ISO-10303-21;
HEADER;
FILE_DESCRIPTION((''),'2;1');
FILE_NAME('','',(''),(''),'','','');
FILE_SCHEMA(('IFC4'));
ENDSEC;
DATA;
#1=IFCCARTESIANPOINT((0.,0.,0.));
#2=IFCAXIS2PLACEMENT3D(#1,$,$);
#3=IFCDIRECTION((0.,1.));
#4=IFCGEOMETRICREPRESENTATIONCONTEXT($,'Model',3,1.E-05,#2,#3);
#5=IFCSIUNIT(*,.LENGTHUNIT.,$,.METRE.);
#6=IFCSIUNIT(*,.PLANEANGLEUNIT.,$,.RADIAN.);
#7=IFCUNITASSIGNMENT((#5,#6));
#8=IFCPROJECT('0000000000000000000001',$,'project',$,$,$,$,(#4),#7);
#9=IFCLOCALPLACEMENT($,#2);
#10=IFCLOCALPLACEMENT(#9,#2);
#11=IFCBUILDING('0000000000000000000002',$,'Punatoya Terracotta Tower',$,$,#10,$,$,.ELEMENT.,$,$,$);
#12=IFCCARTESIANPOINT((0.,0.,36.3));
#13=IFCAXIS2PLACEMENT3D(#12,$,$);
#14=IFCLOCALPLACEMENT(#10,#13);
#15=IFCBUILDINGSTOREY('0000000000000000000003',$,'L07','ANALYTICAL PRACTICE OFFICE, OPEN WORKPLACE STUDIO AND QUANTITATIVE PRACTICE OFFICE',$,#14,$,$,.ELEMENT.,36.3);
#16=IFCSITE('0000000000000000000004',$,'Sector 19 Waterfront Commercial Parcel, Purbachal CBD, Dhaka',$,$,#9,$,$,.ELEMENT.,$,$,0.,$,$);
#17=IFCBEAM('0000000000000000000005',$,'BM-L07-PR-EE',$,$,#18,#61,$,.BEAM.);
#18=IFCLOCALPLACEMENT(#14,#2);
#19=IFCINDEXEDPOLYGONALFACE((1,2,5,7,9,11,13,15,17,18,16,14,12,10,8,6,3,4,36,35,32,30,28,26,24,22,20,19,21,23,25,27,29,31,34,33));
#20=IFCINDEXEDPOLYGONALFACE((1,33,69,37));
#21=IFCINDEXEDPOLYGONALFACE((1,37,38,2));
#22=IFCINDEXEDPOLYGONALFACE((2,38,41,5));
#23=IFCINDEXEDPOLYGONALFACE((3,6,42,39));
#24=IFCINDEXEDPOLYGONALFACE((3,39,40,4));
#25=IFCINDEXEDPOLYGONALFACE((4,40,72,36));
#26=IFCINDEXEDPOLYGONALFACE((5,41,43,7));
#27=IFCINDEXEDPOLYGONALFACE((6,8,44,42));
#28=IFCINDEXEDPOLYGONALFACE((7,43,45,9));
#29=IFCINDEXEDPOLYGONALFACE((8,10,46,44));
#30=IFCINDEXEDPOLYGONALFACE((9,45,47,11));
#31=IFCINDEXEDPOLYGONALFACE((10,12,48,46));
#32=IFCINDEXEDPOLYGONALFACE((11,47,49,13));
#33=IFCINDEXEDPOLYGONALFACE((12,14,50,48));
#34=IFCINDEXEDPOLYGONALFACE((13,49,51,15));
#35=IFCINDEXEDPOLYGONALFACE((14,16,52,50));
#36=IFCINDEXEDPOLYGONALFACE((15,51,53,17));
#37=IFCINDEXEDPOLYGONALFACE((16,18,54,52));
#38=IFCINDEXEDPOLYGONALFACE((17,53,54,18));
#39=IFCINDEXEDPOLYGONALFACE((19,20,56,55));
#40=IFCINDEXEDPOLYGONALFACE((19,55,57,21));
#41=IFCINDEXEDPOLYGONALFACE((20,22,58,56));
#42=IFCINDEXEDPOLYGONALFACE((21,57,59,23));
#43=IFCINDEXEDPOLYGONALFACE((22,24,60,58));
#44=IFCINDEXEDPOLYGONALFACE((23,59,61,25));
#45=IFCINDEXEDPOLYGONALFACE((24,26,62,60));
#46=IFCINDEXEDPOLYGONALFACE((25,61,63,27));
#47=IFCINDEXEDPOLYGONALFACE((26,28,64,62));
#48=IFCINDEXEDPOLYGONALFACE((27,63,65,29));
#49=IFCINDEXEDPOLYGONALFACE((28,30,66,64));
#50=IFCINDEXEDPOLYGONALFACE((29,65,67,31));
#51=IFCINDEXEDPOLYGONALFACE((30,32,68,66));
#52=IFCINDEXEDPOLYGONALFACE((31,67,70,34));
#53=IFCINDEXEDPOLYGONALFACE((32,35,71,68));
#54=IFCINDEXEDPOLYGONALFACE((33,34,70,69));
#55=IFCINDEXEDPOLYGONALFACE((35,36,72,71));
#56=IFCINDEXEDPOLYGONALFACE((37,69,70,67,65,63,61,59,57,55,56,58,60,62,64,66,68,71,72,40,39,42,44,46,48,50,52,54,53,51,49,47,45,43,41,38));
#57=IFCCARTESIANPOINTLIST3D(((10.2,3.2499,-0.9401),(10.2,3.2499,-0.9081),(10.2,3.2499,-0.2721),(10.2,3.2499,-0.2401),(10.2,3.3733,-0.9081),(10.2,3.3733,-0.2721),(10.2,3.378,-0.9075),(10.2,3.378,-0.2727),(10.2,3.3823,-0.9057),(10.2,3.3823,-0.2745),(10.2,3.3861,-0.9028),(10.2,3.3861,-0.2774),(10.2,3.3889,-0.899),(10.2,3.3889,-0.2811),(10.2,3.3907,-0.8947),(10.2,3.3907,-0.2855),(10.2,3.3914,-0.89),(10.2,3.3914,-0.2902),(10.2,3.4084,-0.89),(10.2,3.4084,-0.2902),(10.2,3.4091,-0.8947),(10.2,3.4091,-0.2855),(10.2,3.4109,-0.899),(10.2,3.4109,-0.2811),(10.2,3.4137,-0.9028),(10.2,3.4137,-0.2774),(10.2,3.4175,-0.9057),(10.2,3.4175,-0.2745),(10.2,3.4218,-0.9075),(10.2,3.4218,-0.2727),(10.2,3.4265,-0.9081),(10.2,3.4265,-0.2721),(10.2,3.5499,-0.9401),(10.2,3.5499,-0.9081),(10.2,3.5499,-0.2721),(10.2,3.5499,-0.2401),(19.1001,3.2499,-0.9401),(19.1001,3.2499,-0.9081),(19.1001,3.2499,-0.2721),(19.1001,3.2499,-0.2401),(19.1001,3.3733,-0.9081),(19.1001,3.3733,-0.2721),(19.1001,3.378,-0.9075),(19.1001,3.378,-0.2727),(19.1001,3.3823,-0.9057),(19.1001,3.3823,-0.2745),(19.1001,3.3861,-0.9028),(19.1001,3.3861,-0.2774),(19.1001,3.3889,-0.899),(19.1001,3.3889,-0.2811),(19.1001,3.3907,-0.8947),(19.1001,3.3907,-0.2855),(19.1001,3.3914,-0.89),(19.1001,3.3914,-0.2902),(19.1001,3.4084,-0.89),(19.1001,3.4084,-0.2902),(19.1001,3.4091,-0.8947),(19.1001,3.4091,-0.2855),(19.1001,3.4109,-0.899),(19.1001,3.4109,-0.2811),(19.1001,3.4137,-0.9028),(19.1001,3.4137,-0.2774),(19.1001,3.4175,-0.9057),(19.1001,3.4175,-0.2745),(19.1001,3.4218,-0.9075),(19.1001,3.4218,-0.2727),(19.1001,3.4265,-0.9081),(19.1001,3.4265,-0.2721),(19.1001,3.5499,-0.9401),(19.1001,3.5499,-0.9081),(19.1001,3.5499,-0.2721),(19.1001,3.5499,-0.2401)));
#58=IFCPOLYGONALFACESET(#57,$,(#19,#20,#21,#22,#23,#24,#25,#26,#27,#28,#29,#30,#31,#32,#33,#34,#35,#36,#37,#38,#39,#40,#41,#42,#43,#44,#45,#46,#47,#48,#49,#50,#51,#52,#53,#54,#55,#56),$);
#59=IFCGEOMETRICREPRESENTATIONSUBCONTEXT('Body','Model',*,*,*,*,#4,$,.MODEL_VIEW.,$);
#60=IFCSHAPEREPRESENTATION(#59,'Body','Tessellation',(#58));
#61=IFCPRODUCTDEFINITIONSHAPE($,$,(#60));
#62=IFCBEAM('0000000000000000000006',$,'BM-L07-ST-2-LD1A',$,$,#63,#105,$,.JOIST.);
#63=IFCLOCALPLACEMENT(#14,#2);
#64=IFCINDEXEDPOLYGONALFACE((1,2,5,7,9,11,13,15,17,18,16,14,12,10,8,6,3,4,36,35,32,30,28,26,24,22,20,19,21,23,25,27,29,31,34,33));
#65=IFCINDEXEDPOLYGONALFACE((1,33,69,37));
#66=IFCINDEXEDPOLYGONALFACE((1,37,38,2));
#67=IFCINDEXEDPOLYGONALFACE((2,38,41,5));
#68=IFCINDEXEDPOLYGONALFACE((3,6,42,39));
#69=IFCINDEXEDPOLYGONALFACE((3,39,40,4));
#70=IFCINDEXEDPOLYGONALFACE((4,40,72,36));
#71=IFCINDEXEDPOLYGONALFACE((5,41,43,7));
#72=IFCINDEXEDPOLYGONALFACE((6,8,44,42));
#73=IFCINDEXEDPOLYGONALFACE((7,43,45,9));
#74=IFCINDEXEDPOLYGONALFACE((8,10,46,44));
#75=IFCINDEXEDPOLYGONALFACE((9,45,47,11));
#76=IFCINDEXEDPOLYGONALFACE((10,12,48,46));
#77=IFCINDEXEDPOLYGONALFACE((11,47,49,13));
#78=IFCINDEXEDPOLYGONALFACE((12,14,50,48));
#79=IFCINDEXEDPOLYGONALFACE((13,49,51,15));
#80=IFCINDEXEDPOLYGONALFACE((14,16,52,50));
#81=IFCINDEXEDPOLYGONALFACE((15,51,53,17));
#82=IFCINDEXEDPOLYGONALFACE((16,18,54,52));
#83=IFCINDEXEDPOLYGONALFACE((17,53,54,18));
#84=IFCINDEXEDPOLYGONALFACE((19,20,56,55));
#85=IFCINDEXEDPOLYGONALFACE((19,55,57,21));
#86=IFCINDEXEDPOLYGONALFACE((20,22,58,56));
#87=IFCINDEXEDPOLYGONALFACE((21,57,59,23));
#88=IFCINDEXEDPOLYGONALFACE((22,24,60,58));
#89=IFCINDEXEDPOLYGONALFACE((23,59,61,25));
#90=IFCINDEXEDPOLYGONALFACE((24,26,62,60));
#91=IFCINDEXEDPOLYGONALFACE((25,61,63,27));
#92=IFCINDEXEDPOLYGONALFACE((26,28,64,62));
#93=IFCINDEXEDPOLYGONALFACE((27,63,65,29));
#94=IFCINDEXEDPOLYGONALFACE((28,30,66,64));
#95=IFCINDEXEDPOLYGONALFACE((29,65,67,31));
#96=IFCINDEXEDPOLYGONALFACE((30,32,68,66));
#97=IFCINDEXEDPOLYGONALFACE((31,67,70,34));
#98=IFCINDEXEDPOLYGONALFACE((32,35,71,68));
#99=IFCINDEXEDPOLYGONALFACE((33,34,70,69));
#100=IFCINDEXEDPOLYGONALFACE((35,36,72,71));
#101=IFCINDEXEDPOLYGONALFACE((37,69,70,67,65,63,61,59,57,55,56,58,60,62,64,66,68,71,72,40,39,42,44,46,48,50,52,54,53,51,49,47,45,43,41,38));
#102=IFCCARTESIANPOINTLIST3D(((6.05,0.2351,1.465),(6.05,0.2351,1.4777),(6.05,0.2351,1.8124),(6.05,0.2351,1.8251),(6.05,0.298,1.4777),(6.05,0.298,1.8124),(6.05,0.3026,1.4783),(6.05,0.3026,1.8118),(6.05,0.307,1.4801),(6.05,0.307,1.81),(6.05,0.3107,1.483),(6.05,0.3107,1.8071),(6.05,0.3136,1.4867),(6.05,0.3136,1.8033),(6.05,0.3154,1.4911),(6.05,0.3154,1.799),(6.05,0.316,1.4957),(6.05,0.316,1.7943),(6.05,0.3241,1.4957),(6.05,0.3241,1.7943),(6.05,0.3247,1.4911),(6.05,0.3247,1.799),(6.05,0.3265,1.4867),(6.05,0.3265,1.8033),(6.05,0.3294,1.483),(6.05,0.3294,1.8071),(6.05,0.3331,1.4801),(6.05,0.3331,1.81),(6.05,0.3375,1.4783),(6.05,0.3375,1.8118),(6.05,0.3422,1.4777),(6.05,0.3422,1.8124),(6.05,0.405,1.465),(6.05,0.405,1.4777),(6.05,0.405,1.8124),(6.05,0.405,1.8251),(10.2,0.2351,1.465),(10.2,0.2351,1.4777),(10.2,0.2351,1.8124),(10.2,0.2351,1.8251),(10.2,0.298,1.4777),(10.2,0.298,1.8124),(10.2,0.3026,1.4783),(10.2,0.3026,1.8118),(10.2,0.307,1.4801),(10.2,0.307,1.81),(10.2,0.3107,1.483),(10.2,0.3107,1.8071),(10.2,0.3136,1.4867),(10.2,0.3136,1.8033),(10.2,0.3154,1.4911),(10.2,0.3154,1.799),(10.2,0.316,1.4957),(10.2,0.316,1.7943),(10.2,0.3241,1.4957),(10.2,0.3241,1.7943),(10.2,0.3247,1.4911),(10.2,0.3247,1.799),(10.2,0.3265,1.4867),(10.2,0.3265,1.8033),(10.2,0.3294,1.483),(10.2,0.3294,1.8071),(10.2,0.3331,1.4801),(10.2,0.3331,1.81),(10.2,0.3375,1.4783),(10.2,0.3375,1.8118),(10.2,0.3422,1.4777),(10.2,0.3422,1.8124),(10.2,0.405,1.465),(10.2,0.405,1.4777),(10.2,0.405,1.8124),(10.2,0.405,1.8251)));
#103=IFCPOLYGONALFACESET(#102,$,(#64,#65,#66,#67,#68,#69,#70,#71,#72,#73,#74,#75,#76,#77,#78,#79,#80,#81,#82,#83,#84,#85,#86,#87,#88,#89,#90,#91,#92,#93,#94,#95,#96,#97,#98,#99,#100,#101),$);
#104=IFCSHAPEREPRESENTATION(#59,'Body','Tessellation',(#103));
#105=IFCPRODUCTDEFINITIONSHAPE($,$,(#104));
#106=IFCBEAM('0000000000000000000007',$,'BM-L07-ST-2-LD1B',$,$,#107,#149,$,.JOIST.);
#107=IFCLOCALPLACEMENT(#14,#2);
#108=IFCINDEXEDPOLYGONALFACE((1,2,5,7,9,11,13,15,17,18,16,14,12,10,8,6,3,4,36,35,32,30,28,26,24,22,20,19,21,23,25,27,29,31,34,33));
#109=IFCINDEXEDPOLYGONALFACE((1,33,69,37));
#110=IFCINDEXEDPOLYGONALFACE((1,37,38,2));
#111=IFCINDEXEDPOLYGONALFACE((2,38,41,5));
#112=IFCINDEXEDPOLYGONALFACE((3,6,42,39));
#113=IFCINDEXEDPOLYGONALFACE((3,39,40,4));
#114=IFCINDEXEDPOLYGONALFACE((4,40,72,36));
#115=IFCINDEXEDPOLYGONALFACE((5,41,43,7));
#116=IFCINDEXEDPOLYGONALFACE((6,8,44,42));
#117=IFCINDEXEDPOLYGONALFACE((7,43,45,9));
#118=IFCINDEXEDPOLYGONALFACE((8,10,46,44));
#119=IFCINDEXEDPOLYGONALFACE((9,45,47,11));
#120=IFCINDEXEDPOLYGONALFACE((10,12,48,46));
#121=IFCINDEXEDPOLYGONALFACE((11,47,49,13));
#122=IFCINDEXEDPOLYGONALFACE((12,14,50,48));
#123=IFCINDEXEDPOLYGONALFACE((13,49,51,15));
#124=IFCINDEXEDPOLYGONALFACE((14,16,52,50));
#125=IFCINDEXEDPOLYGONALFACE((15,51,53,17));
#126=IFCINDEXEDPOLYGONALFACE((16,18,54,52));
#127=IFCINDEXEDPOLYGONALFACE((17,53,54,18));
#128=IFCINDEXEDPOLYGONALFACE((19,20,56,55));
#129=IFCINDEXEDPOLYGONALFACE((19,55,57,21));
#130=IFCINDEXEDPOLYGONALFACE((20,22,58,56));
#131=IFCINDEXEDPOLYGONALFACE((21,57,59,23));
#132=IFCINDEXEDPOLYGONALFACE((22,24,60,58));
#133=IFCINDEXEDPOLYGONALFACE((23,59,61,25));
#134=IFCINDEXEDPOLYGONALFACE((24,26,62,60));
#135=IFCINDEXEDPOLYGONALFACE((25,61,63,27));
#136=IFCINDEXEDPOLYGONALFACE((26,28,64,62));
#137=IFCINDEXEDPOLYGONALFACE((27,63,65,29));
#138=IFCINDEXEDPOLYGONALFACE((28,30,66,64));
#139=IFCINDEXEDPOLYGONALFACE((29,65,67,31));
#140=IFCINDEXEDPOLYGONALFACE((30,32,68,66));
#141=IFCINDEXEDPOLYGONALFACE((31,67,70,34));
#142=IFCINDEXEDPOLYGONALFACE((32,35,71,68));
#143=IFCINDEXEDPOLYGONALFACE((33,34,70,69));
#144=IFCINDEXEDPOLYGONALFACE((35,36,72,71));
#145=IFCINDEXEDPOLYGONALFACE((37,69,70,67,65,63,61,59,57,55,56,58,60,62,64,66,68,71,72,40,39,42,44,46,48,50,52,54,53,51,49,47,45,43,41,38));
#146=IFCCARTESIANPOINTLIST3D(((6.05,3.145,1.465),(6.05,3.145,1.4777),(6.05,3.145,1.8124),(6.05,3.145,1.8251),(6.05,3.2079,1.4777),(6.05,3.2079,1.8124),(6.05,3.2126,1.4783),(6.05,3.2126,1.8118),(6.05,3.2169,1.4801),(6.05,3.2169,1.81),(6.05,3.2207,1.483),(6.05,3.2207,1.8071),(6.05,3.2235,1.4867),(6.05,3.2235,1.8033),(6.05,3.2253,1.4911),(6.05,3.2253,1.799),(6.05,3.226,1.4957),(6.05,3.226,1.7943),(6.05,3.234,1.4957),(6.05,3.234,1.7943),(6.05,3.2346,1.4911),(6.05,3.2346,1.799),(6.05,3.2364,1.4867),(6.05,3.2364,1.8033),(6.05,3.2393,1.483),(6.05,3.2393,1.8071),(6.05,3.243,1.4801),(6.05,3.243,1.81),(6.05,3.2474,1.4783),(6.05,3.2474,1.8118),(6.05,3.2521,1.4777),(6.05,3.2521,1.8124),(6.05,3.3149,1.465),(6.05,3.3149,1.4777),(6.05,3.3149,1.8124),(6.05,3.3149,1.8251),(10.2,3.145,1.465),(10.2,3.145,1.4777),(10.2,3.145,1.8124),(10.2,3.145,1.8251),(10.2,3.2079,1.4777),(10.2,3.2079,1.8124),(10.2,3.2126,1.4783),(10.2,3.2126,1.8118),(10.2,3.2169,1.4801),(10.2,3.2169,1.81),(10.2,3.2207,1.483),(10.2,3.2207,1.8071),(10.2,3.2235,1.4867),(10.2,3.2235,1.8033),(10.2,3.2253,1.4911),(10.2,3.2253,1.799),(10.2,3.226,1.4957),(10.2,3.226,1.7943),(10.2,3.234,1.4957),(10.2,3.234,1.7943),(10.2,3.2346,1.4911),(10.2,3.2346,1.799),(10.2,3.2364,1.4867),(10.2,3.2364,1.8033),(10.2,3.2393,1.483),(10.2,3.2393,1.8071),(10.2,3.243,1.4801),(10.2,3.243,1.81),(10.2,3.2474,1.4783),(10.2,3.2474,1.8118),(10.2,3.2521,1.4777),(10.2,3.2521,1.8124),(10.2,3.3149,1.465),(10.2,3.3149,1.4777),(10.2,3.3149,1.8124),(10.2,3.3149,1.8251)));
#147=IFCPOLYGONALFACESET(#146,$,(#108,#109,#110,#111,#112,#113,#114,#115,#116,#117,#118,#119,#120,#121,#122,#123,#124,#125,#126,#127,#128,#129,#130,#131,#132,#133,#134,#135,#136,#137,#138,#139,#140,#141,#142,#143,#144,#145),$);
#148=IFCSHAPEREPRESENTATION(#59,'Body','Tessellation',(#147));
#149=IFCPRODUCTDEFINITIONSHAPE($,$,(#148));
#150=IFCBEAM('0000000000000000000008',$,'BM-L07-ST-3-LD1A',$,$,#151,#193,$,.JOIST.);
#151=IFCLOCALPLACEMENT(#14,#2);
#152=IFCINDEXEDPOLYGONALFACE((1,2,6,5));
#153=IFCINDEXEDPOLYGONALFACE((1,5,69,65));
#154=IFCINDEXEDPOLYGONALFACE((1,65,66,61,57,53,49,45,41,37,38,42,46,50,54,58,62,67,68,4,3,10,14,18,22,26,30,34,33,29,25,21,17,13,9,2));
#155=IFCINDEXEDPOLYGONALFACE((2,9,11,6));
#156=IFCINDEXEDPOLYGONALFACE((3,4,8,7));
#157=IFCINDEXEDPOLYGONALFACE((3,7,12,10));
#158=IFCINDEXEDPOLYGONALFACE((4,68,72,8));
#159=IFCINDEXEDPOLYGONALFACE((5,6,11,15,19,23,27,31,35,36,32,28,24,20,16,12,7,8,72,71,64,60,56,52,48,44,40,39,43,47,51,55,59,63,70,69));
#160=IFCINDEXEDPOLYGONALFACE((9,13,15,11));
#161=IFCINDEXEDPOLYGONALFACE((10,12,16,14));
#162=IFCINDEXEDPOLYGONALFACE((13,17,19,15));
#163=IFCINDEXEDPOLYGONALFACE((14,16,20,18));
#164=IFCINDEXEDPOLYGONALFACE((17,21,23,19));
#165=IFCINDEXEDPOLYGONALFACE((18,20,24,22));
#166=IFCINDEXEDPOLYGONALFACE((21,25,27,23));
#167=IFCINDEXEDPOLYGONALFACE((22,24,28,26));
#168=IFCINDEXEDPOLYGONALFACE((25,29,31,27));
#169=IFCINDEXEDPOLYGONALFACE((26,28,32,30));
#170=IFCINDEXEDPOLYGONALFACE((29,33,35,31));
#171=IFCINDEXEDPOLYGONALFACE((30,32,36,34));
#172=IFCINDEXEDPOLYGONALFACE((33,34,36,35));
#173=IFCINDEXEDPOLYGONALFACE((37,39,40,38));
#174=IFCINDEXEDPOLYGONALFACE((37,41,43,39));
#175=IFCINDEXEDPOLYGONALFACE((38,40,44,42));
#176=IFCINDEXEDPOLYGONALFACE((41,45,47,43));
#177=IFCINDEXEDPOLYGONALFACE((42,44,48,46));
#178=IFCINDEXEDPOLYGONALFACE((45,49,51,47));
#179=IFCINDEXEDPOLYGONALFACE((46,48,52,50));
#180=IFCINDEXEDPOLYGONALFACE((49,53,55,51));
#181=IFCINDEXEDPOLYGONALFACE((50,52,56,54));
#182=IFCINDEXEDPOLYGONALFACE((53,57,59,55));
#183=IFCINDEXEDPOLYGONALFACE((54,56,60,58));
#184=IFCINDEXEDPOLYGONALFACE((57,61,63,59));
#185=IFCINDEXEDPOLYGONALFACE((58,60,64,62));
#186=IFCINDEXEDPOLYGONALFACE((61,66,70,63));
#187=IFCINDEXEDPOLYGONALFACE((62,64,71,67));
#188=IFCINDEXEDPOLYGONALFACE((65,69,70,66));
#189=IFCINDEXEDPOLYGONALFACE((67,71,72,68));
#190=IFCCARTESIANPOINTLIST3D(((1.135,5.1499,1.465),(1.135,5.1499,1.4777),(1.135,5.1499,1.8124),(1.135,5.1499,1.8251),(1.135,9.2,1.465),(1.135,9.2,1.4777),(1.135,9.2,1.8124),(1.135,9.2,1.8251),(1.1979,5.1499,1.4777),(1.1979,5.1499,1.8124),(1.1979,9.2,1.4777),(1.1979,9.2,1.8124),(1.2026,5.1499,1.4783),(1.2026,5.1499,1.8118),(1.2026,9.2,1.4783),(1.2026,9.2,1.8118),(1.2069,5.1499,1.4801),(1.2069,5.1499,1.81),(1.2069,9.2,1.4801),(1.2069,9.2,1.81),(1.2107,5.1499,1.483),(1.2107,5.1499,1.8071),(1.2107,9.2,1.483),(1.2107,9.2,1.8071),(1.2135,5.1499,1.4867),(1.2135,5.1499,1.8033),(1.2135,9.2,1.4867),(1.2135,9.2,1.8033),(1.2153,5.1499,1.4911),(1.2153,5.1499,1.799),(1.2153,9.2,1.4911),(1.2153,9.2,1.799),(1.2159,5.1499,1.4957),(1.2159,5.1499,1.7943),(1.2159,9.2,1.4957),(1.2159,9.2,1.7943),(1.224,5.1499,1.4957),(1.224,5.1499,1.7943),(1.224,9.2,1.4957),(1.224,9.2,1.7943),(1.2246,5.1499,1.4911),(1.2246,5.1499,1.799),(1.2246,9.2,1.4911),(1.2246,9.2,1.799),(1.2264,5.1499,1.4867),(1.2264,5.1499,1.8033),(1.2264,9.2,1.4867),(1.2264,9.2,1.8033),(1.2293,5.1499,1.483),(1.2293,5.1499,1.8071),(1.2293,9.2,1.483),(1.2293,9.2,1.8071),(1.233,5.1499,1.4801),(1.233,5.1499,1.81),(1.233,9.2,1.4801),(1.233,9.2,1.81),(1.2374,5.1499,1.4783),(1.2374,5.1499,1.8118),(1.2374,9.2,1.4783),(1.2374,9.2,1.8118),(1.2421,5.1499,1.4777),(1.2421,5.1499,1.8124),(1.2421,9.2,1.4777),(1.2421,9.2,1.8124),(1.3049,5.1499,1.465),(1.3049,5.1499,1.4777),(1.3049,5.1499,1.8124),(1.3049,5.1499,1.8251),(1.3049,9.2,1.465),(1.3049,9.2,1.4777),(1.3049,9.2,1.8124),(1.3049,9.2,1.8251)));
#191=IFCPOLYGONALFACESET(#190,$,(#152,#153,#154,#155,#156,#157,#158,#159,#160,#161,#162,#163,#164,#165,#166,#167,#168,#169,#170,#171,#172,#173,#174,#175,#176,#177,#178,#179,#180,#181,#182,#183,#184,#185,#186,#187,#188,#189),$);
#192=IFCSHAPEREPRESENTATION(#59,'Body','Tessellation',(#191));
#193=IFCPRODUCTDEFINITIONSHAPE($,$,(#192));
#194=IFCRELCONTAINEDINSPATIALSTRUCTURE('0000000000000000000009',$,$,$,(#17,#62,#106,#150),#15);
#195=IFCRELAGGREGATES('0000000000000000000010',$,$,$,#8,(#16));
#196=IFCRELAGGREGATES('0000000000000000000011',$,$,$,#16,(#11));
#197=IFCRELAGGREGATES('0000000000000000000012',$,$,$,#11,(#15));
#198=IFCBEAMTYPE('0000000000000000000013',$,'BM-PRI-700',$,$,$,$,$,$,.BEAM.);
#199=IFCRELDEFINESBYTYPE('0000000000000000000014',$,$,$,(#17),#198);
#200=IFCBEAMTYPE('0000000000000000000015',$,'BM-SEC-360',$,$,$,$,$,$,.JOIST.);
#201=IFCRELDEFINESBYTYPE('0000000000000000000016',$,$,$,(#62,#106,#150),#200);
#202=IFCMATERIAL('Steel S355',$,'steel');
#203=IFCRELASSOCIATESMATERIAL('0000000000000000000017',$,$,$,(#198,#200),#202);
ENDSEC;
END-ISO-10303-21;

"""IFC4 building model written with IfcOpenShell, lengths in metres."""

from ifc_helpers import new_model, si_unit, direction, frame, origin, origin_2d, place, context, subcontext, project, spatial, i_section, extrude, material, material_profile, profile_set, type_object, element, save


model = new_model("IFC4")

# Units and contexts
model_context = context("Model", 3, precision=1e-05, world=origin(), true_north=direction((0.0, 1.0)))
body_context = subcontext(model_context, "Body", "Model", "MODEL_VIEW")
ifc_project = project(units=[si_unit("LENGTHUNIT", "METRE"), si_unit("PLANEANGLEUNIT", "RADIAN")], contexts=[model_context])

# Site, building, storey
site_placement = place(None, origin())
site = spatial("IfcSite", under=ifc_project, at=site_placement, Name="Sector 19 Waterfront Commercial Parcel, Purbachal CBD, Dhaka", CompositionType="ELEMENT", RefElevation=0.0)
building_placement = place(site_placement, origin())
building = spatial("IfcBuilding", under=site, at=building_placement, Name="Punatoya Terracotta Tower", CompositionType="ELEMENT")
storey_placement = place(building_placement, frame((0.0, 0.0, 36.3)))
storey = spatial("IfcBuildingStorey", under=building, at=storey_placement, Name="L07", Description="ANALYTICAL PRACTICE OFFICE, OPEN WORKPLACE STUDIO AND QUANTITATIVE PRACTICE OFFICE", CompositionType="ELEMENT", Elevation=36.3)

# Beams
ifc_material_1 = material(Name="Steel S355", Category="steel")
ifc_material_profile_1 = material_profile(ifc_material_1, i_section(OverallWidth=0.3, OverallDepth=0.7, WebThickness=0.0171, FlangeThickness=0.032, FilletRadius=0.0181, at=origin_2d()))
ifc_profile_set_1 = profile_set([ifc_material_profile_1], Name="Steel S355")
beam_type_1 = type_object("IfcBeamType", Name="BM-PRI-700", PredefinedType="BEAM", material=ifc_profile_set_1)
beam_placement = place(storey_placement, frame((10.2, 3.3999, -0.5901), z_axis=(1.0, 0.0, 0.0), x_axis=(0.0, 1.0, 0.0)))
element("IfcBeam", 1, at=beam_placement, inside=storey, type_object=beam_type_1, Name="BM-L07-PR-EE", PredefinedType="BEAM", context=body_context, shape_type="SweptSolid", body=[
    extrude(i_section(OverallWidth=0.3, OverallDepth=0.7, WebThickness=0.0171, FlangeThickness=0.032, FilletRadius=0.0181, at=origin_2d()), origin(), (0.0, 0.0, 1.0), 8.9001),
])
ifc_material_profile_2 = material_profile(ifc_material_1, i_section(OverallWidth=0.1699, OverallDepth=0.3601, WebThickness=0.0081, FlangeThickness=0.0127, FilletRadius=0.0181, at=origin_2d()))
ifc_profile_set_2 = profile_set([ifc_material_profile_2], Name="Steel S355")
beam_type_2 = type_object("IfcBeamType", Name="BM-SEC-360", PredefinedType="JOIST", material=ifc_profile_set_2)
for number, where, z_axis, x_axis, name in (
    (2, (6.05, 0.3201, 1.645), (1.0, 0.0, 0.0), (0.0, 1.0, 0.0), "BM-L07-ST-2-LD1A"),
    (3, (6.05, 3.23, 1.645), (1.0, 0.0, 0.0), (0.0, 1.0, 0.0), "BM-L07-ST-2-LD1B"),
):
    element("IfcBeam", number, at=place(storey_placement, frame(where, z_axis=z_axis, x_axis=x_axis)), inside=storey, type_object=beam_type_2, Name=name, PredefinedType="JOIST", context=body_context, shape_type="SweptSolid", body=[
        extrude(i_section(OverallWidth=0.1699, OverallDepth=0.3601, WebThickness=0.0081, FlangeThickness=0.0127, FilletRadius=0.0181, at=origin_2d()), origin(), (0.0, 0.0, 1.0), 4.1499),
    ])
for number, where, z_axis, x_axis, name in (
    (4, (1.22, 5.1499, 1.645), (0.0, 1.0, 0.0), (-1.0, 0.0, 0.0), "BM-L07-ST-3-LD1A"),
):
    element("IfcBeam", number, at=place(storey_placement, frame(where, z_axis=z_axis, x_axis=x_axis)), inside=storey, type_object=beam_type_2, Name=name, PredefinedType="JOIST", context=body_context, shape_type="SweptSolid", body=[
        extrude(i_section(OverallWidth=0.1699, OverallDepth=0.3601, WebThickness=0.0081, FlangeThickness=0.0127, FilletRadius=0.0181, at=origin_2d()), origin(), (0.0, 0.0, 1.0), 4.05),
    ])

save(model, "model.ifc")
